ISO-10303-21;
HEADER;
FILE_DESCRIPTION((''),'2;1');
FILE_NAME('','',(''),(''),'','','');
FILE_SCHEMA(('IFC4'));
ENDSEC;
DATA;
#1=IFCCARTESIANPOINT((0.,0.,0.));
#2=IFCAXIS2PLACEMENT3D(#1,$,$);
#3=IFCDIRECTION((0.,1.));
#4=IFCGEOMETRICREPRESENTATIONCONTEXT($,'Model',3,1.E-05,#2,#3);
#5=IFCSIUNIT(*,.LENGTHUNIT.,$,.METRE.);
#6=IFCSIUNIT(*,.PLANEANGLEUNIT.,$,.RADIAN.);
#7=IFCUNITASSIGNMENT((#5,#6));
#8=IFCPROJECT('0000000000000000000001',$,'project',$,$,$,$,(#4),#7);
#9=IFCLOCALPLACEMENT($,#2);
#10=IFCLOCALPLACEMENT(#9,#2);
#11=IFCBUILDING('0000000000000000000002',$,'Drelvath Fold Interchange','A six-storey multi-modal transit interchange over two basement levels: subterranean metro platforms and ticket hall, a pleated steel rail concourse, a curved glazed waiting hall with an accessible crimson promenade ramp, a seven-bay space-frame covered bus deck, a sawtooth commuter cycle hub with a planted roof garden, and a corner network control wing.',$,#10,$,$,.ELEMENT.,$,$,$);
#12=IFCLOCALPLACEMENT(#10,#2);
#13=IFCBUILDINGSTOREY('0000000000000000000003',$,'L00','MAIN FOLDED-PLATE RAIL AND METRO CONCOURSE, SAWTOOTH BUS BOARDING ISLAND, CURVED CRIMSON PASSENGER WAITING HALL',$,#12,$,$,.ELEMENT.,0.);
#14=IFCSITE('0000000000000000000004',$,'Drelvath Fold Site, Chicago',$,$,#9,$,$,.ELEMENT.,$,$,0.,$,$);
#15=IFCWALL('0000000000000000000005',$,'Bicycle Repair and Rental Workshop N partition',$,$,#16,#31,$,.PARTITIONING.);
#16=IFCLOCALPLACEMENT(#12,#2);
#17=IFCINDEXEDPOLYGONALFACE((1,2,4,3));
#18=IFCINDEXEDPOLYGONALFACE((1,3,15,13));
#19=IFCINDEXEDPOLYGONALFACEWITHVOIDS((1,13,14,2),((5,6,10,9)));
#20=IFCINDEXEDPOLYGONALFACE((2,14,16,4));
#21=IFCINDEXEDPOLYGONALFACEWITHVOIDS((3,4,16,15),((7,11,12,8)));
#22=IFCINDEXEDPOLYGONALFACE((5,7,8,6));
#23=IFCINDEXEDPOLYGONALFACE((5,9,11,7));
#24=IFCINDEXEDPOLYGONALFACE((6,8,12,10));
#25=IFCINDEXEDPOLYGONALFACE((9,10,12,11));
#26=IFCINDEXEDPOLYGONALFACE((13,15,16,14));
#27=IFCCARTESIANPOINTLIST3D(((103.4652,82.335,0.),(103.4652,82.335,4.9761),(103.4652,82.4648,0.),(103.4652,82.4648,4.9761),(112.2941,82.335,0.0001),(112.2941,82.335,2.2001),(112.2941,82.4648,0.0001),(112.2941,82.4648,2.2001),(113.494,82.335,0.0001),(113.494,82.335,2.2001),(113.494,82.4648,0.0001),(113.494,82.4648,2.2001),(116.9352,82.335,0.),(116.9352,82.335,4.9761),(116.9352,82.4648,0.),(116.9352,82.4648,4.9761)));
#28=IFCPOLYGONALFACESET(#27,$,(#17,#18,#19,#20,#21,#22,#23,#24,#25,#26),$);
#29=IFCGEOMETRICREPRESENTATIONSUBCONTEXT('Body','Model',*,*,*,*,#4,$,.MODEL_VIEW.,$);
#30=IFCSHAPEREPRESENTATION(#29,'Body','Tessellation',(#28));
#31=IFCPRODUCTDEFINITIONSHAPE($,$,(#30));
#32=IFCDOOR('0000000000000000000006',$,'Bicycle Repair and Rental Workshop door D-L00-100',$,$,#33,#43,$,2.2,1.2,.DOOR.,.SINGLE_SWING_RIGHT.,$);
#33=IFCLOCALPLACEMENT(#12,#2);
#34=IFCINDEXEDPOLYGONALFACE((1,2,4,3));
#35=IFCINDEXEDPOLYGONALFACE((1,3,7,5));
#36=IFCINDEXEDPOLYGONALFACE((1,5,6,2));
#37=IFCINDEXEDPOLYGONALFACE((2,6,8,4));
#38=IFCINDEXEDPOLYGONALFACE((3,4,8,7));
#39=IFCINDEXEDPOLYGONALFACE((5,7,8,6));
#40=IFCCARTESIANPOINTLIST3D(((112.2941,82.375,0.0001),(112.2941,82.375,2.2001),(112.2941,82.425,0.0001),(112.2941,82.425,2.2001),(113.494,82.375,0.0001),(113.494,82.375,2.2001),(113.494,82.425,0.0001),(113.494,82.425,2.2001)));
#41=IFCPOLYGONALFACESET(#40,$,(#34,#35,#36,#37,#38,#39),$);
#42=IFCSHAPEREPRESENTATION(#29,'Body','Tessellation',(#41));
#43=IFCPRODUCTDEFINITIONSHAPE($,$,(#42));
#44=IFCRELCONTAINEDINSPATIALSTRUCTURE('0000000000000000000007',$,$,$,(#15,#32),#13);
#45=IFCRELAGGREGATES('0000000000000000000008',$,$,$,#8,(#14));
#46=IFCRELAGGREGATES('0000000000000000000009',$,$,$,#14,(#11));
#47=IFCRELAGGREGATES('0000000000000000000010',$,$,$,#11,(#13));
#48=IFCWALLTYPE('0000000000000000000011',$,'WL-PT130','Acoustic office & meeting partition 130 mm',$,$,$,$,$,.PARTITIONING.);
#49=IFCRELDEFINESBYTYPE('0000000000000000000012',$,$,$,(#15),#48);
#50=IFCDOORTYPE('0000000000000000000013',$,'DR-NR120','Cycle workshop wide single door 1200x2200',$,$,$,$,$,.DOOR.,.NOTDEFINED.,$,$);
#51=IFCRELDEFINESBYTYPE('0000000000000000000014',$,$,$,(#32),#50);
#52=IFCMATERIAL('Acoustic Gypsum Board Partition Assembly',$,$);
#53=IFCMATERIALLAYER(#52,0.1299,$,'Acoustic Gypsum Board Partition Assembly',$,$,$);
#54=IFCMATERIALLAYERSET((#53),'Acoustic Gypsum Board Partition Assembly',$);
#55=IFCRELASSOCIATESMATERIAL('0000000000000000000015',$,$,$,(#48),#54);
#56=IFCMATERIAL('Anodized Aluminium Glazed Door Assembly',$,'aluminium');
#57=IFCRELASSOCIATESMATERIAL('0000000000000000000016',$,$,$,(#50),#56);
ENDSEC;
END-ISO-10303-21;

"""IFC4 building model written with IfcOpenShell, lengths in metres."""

from ifc_helpers import new_model, si_unit, direction, frame, frame_2d, origin, place, context, subcontext, project, spatial, rectangle, extrude, material, layer, layer_set, type_object, element, fill, save


model = new_model("IFC4")

# Units and contexts
model_context = context("Model", 3, precision=1e-05, world=origin(), true_north=direction((0.0, 1.0)))
body_context = subcontext(model_context, "Body", "Model", "MODEL_VIEW")
ifc_project = project(units=[si_unit("LENGTHUNIT", "METRE"), si_unit("PLANEANGLEUNIT", "RADIAN")], contexts=[model_context])

# Site, building, storey
site_placement = place(None, origin())
site = spatial("IfcSite", under=ifc_project, at=site_placement, Name="Drelvath Fold Site, Chicago", CompositionType="ELEMENT", RefElevation=0.0)
building_placement = place(site_placement, origin())
building = spatial("IfcBuilding", under=site, at=building_placement, Name="Drelvath Fold Interchange", Description="A six-storey multi-modal transit interchange over two basement levels: subterranean metro platforms and ticket hall, a pleated steel rail concourse, a curved glazed waiting hall with an accessible crimson promenade ramp, a seven-bay space-frame covered bus deck, a sawtooth commuter cycle hub with a planted roof garden, and a corner network control wing.", CompositionType="ELEMENT")
storey_placement = place(building_placement, origin())
storey = spatial("IfcBuildingStorey", under=building, at=storey_placement, Name="L00", Description="MAIN FOLDED-PLATE RAIL AND METRO CONCOURSE, SAWTOOTH BUS BOARDING ISLAND, CURVED CRIMSON PASSENGER WAITING HALL", CompositionType="ELEMENT", Elevation=0.0)

# Shared definitions
ifc_material_1 = material(Name="Acoustic Gypsum Board Partition Assembly")
ifc_layer = layer(ifc_material_1, 0.1299, Name="Acoustic Gypsum Board Partition Assembly")
ifc_layer_set = layer_set([ifc_layer], Name="Acoustic Gypsum Board Partition Assembly")
wall_type = type_object("IfcWallType", Name="WL-PT130", Description="Acoustic office & meeting partition 130 mm", PredefinedType="PARTITIONING", material=ifc_layer_set)

# Wall, opening, door
wall_1_placement = place(storey_placement, frame((116.9351, 82.3999, 0.0), z_axis=(0.0, 0.0, 1.0), x_axis=(-1.0, 0.0, 0.0)))
wall_1 = element("IfcWall", 1, at=wall_1_placement, inside=storey, type_object=wall_type, Name="Bicycle Repair and Rental Workshop N partition", PredefinedType="PARTITIONING", context=body_context, shape_type="SweptSolid", body=[
    extrude(rectangle(XDim=13.47, YDim=0.1299, at=frame_2d((6.7349, 0.0))), origin(), (0.0, 0.0, 1.0), 4.9761),
])
opening_placement = place(wall_1_placement, frame((3.4409, 0.0, 0.0)))
opening = element("IfcOpeningElement", 2, at=opening_placement, cuts=wall_1, PredefinedType="OPENING", context=body_context, shape_type="SweptSolid", body=[
    extrude(rectangle(XDim=1.2, YDim=2.2, at=frame_2d((0.6001, 1.1001))), frame((0.0, 0.075, 0.0), z_axis=(0.0, -1.0, 0.0), x_axis=(1.0, 0.0, 0.0)), (0.0, 0.0, 1.0), 0.1499),
])
ifc_material_2 = material(Name="Anodized Aluminium Glazed Door Assembly", Category="aluminium")
door_type = type_object("IfcDoorType", Name="DR-NR120", Description="Cycle workshop wide single door 1200x2200", OperationType="NOTDEFINED", PredefinedType="DOOR", material=ifc_material_2)
door_placement = place(opening_placement, origin())
door = element("IfcDoor", 3, at=door_placement, inside=storey, type_object=door_type, Name="Bicycle Repair and Rental Workshop door D-L00-100", OperationType="SINGLE_SWING_RIGHT", OverallHeight=2.2, OverallWidth=1.2, PredefinedType="DOOR", context=body_context, shape_type="SweptSolid", body=[
    extrude(rectangle(XDim=1.2, YDim=2.2, at=frame_2d((0.6001, 1.1001))), frame((0.0, 0.0249, 0.0), z_axis=(0.0, -1.0, 0.0), x_axis=(1.0, 0.0, 0.0)), (0.0, 0.0, 1.0), 0.05),
])
fill(opening, door)

save(model, "model.ifc")
